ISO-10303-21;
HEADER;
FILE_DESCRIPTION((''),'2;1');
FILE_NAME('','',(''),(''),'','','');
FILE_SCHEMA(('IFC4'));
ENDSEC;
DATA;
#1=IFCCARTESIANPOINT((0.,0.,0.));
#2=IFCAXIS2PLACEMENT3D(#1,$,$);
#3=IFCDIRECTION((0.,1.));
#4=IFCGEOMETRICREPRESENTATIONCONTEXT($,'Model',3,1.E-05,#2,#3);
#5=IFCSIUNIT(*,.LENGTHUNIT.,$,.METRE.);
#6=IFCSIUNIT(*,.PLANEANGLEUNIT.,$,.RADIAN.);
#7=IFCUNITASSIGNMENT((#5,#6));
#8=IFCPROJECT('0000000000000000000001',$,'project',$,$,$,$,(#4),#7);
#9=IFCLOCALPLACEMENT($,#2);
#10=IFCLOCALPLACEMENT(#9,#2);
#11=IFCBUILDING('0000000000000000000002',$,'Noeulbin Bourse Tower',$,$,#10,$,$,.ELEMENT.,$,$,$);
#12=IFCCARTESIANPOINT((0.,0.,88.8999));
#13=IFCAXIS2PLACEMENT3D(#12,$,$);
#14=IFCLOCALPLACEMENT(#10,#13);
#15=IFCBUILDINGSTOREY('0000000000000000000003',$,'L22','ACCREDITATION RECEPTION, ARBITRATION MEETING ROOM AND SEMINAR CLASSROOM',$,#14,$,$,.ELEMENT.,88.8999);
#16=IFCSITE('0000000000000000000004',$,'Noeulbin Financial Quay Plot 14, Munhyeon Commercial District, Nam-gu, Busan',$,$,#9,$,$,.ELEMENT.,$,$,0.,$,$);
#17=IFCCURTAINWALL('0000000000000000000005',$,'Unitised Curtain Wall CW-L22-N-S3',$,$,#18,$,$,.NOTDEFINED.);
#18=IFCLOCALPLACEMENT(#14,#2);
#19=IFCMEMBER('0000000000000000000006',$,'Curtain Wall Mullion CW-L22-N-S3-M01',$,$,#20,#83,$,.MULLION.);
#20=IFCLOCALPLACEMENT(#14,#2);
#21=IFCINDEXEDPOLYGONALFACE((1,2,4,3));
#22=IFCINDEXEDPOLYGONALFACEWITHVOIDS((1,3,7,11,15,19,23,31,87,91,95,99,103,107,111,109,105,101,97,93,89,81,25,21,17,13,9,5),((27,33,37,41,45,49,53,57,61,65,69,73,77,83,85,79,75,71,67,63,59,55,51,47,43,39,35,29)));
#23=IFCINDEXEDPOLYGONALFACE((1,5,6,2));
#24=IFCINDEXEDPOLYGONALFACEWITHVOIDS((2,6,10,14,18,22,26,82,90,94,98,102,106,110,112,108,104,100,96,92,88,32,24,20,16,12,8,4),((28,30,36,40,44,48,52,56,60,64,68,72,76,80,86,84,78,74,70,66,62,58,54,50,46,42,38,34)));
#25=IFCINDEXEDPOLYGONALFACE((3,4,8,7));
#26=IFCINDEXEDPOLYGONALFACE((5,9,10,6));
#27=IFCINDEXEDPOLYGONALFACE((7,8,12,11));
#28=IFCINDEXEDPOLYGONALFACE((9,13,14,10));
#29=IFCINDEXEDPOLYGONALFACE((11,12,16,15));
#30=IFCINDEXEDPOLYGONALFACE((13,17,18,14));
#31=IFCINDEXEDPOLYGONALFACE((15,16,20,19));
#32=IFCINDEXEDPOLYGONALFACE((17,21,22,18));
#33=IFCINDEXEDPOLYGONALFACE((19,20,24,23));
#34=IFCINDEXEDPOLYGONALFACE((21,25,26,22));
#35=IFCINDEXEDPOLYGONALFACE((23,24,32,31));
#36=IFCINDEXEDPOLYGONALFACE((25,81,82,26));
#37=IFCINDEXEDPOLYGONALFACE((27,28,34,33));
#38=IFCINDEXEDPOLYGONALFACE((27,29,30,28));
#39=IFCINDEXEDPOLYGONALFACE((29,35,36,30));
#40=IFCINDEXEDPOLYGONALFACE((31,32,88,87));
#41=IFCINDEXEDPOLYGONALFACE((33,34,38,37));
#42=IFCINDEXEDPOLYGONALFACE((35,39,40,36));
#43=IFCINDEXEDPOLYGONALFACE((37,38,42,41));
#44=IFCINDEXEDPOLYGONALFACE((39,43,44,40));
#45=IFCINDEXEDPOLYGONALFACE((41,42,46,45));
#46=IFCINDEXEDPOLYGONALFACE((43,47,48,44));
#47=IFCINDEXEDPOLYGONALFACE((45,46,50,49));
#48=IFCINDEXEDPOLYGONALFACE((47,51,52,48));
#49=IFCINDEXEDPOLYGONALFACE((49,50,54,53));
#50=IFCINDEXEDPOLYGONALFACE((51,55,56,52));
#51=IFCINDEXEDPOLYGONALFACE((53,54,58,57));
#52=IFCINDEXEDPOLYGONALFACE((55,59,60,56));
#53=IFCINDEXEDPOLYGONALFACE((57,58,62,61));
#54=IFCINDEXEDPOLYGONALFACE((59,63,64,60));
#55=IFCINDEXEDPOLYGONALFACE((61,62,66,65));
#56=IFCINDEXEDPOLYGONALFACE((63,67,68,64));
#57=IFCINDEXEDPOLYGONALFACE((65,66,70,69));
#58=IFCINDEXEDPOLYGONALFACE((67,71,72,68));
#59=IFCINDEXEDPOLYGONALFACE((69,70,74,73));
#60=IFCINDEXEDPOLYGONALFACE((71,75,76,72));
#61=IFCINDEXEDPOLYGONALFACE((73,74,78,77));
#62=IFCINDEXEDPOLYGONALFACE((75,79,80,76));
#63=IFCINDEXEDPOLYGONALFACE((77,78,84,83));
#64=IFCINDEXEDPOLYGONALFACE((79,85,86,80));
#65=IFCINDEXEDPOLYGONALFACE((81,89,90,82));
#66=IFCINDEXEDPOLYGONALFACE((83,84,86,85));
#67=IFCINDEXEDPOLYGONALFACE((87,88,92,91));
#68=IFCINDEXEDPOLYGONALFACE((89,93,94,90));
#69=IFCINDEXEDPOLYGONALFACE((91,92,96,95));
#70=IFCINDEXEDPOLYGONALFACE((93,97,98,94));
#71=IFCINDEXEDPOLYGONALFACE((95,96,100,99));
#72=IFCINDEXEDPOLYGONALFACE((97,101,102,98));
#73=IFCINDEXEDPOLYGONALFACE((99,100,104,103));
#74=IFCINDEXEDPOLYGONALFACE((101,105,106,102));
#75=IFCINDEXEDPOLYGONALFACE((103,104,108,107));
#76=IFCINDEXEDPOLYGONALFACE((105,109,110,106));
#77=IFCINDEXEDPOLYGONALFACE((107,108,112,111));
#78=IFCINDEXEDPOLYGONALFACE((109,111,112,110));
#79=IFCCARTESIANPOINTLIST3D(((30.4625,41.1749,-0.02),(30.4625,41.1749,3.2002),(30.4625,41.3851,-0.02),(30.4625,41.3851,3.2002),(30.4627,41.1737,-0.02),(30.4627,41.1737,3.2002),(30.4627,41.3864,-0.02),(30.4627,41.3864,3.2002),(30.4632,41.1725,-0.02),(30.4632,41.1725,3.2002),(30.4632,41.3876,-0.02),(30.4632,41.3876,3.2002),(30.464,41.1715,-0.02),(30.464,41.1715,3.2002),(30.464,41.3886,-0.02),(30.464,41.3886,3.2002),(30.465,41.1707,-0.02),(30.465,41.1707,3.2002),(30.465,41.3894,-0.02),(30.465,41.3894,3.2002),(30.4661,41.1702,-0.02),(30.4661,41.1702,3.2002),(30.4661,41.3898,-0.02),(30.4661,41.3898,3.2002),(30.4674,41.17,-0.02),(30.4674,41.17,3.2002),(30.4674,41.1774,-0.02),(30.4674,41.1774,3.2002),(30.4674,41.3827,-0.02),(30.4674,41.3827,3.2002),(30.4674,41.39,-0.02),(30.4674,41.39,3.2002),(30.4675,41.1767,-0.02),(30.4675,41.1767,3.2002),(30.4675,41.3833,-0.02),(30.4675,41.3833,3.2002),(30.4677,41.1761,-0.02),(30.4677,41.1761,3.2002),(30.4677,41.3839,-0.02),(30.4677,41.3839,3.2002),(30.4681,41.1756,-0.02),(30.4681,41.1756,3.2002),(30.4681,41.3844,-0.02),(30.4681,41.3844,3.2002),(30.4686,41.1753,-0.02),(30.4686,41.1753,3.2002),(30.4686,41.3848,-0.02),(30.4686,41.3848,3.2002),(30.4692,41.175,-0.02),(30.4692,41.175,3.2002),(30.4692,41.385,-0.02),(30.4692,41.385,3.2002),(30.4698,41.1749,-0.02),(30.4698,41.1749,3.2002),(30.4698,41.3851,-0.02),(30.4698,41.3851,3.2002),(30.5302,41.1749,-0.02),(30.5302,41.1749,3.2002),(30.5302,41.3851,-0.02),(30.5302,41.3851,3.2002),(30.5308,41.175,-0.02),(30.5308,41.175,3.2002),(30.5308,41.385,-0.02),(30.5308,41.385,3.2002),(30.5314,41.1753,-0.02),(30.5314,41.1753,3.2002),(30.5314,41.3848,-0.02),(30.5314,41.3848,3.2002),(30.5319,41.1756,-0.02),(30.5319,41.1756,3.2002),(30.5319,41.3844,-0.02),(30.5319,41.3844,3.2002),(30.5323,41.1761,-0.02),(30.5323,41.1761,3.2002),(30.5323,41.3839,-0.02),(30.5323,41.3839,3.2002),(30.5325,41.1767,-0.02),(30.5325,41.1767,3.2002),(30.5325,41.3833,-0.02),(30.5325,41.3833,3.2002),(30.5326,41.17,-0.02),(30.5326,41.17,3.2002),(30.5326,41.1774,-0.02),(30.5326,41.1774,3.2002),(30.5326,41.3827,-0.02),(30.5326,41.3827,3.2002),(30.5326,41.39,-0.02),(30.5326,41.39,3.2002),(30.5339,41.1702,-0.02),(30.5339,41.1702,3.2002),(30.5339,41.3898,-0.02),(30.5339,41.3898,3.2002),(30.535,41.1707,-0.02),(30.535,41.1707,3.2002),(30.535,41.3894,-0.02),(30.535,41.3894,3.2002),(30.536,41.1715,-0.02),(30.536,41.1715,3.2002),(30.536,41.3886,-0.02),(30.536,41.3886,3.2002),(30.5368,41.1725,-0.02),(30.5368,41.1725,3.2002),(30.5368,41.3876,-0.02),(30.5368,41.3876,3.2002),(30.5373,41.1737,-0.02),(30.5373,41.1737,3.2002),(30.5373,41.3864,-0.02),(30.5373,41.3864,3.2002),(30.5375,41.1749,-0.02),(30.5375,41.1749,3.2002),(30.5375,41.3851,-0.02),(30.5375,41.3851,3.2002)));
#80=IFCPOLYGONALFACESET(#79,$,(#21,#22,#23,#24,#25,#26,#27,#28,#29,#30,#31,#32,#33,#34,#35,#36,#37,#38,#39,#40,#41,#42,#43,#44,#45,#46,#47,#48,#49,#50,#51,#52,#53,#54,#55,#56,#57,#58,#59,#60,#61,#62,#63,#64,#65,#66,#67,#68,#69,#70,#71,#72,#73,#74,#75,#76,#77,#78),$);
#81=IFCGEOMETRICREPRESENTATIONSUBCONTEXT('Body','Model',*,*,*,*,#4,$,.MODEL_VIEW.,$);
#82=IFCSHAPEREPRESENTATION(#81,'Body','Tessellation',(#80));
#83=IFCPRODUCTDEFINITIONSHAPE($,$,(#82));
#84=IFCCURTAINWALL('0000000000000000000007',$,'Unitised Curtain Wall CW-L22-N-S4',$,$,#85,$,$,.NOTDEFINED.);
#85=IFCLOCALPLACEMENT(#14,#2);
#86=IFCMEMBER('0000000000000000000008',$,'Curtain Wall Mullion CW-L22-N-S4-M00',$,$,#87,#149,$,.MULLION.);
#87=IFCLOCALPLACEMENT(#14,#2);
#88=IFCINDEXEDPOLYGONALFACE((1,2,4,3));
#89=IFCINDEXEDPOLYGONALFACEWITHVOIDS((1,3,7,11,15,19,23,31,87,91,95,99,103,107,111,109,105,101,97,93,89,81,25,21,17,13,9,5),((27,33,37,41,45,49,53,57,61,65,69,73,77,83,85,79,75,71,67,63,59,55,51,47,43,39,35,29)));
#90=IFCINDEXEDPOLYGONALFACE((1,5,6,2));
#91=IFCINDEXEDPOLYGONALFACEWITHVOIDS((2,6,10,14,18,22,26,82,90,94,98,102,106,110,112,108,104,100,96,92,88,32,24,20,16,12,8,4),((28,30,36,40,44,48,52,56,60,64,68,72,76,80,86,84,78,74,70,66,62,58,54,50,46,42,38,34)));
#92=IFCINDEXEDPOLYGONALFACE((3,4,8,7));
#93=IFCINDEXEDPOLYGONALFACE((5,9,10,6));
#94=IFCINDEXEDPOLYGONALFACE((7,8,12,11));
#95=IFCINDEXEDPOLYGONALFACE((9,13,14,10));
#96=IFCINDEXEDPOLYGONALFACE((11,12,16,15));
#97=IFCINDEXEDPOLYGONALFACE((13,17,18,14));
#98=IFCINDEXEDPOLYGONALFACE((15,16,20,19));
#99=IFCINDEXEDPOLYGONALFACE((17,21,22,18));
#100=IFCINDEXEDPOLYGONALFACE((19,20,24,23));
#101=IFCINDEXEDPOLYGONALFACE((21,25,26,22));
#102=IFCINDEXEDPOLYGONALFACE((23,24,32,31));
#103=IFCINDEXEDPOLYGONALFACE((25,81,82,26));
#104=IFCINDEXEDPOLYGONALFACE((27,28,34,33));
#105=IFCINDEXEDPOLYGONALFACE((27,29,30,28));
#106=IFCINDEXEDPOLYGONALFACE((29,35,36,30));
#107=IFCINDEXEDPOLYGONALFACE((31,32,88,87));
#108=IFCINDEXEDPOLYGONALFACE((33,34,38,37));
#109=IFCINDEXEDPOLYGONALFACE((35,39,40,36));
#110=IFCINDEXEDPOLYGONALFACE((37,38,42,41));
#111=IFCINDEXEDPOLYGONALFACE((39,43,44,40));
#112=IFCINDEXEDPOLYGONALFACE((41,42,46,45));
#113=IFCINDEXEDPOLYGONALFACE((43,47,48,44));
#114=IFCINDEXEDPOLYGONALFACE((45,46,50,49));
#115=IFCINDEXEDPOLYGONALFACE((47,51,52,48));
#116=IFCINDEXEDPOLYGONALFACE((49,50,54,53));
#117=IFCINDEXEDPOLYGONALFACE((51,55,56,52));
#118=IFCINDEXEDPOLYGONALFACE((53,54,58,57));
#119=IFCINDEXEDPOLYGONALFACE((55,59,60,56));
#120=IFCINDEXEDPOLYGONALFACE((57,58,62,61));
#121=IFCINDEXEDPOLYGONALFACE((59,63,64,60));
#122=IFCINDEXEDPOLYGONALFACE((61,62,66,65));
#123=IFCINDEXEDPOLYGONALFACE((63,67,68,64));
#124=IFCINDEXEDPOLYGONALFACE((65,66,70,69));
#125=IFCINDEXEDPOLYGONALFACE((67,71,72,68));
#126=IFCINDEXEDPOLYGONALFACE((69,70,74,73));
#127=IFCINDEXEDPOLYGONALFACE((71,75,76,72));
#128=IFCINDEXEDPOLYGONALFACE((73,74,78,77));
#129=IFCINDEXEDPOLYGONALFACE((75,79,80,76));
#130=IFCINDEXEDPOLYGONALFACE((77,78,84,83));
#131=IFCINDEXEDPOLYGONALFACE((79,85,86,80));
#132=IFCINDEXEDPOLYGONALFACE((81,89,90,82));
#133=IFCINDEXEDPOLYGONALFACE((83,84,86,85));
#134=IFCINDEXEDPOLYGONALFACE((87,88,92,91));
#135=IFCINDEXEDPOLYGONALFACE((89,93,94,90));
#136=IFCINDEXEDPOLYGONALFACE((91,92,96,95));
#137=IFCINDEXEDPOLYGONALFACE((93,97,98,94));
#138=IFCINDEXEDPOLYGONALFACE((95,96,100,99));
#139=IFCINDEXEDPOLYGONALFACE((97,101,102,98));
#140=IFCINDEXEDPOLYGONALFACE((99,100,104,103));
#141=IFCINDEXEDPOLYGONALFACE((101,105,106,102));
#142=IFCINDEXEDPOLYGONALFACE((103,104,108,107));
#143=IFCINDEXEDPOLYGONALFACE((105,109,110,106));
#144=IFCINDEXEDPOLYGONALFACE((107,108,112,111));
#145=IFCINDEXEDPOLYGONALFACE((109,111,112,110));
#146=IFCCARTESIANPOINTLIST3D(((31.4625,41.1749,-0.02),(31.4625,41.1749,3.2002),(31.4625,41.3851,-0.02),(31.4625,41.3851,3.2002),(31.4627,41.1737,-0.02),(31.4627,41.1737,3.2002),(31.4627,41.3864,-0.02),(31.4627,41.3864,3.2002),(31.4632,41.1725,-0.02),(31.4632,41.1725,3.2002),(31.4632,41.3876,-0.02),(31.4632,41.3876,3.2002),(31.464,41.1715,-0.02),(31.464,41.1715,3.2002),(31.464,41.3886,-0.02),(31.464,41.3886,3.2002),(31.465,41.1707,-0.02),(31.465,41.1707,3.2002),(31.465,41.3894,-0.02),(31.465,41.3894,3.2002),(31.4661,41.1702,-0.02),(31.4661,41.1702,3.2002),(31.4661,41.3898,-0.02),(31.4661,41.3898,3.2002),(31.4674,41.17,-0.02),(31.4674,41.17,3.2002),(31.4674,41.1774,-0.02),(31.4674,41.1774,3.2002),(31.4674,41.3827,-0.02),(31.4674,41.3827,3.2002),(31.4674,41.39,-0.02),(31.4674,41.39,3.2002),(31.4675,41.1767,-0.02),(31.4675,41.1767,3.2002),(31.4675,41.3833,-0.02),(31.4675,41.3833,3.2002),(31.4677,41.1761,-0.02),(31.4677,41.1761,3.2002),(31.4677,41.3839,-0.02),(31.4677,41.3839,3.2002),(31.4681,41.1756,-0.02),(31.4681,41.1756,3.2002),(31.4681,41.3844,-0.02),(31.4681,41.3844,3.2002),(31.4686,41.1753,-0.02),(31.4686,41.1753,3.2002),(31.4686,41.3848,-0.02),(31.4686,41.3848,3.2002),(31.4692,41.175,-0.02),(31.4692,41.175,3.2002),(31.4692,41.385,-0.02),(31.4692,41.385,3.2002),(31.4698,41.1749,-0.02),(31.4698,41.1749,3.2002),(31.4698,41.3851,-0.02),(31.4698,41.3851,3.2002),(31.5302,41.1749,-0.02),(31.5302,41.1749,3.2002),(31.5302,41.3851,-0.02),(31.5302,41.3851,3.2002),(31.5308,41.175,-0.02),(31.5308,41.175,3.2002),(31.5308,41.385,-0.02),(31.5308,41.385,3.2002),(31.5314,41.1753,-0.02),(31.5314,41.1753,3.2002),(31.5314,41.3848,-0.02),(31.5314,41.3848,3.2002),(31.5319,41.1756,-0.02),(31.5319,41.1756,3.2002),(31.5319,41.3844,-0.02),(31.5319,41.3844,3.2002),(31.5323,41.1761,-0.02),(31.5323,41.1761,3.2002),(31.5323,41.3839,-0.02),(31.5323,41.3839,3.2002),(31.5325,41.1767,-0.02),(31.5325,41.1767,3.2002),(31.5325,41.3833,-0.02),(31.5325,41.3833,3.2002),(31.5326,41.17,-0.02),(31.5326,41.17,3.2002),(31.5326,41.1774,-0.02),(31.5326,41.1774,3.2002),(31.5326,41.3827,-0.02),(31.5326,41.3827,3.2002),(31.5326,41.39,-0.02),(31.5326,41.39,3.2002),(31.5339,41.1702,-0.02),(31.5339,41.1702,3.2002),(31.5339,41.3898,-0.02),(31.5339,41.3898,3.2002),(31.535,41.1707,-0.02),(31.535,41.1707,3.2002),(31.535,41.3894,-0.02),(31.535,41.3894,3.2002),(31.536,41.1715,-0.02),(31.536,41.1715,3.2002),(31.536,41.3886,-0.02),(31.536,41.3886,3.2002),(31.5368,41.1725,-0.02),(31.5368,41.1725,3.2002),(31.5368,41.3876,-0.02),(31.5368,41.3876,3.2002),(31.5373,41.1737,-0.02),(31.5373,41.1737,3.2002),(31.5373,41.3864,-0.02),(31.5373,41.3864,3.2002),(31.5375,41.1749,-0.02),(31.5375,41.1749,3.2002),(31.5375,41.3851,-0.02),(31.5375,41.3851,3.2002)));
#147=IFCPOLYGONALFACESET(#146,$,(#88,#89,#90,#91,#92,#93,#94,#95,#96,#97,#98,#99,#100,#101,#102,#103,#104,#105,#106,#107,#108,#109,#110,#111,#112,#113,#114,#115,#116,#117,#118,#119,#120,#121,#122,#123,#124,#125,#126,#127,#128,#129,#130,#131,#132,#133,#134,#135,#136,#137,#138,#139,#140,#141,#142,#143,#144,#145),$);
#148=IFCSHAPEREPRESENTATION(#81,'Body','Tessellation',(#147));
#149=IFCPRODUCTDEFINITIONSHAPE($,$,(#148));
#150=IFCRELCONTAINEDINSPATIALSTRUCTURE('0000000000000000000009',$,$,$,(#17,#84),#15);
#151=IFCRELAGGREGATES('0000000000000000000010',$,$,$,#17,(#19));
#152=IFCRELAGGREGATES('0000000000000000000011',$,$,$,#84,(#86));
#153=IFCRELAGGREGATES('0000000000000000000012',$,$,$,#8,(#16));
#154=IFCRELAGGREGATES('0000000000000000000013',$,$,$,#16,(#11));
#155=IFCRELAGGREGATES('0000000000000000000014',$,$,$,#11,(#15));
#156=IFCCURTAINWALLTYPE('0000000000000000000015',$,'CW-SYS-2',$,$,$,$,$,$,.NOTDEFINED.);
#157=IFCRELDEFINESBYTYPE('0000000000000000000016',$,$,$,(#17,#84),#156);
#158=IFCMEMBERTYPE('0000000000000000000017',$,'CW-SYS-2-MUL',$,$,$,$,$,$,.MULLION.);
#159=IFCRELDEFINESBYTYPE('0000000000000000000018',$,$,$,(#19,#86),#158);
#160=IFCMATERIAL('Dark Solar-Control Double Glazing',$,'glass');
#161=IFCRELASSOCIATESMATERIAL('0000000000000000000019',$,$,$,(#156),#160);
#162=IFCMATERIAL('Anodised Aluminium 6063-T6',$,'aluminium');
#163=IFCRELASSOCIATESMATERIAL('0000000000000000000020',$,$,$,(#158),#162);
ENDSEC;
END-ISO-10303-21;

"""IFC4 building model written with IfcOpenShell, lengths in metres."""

from ifc_helpers import new_model, si_unit, direction, frame, origin, origin_2d, place, context, subcontext, project, spatial, hollow_rectangle, extrude, material, material_profile, profile_set, type_object, element, aggregate, save


model = new_model("IFC4")

# Units and contexts
model_context = context("Model", 3, precision=1e-05, world=origin(), true_north=direction((0.0, 1.0)))
body_context = subcontext(model_context, "Body", "Model", "MODEL_VIEW")
ifc_project = project(units=[si_unit("LENGTHUNIT", "METRE"), si_unit("PLANEANGLEUNIT", "RADIAN")], contexts=[model_context])

# Site, building, storey
site_placement = place(None, origin())
site = spatial("IfcSite", under=ifc_project, at=site_placement, Name="Noeulbin Financial Quay Plot 14, Munhyeon Commercial District, Nam-gu, Busan", CompositionType="ELEMENT", RefElevation=0.0)
building_placement = place(site_placement, origin())
building = spatial("IfcBuilding", under=site, at=building_placement, Name="Noeulbin Bourse Tower", CompositionType="ELEMENT")
storey_placement = place(building_placement, frame((0.0, 0.0, 88.8999)))
storey = spatial("IfcBuildingStorey", under=building, at=storey_placement, Name="L22", Description="ACCREDITATION RECEPTION, ARBITRATION MEETING ROOM AND SEMINAR CLASSROOM", CompositionType="ELEMENT", Elevation=88.8999)

# Curtain wall, member
ifc_material_1 = material(Name="Dark Solar-Control Double Glazing", Category="glass")
curtain_wall_type = type_object("IfcCurtainWallType", Name="CW-SYS-2", PredefinedType="NOTDEFINED", material=ifc_material_1)
curtain_wall_1_placement = place(storey_placement, origin())
curtain_wall_1 = element("IfcCurtainWall", 1, at=curtain_wall_1_placement, inside=storey, type_object=curtain_wall_type, Name="Unitised Curtain Wall CW-L22-N-S3", PredefinedType="NOTDEFINED")
ifc_material_2 = material(Name="Anodised Aluminium 6063-T6", Category="aluminium")
ifc_material_profile_1 = material_profile(ifc_material_2, hollow_rectangle(XDim=0.075, YDim=0.22, WallThickness=0.0049, InnerFilletRadius=0.0024, OuterFilletRadius=0.0049, at=origin_2d()), Name="ALU-MULL-75x220x5", Category="LoadBearing")
ifc_profile_set_1 = profile_set([ifc_material_profile_1], Name="Anodised Aluminium 6063-T6")
member_type_1 = type_object("IfcMemberType", Name="CW-SYS-2-MUL", PredefinedType="MULLION", material=ifc_profile_set_1)
member_1_placement = place(storey_placement, frame((30.5, 41.28, -0.02), z_axis=(0.0, 0.0, 1.0), x_axis=(1.0, 0.0, 0.0)))
member_1 = element("IfcMember", 2, at=member_1_placement, type_object=member_type_1, Name="Curtain Wall Mullion CW-L22-N-S3-M01", PredefinedType="MULLION", context=body_context, shape_type="SweptSolid", body=[
    extrude(hollow_rectangle(XDim=0.075, YDim=0.22, WallThickness=0.0049, InnerFilletRadius=0.0024, OuterFilletRadius=0.0049, at=origin_2d()), origin(), (0.0, 0.0, 1.0), 3.2202),
])
aggregate(curtain_wall_1, [member_1])

# Curtain wall, member
curtain_wall_2_placement = place(storey_placement, origin())
curtain_wall_2 = element("IfcCurtainWall", 3, at=curtain_wall_2_placement, inside=storey, type_object=curtain_wall_type, Name="Unitised Curtain Wall CW-L22-N-S4", PredefinedType="NOTDEFINED")
member_2_placement = place(storey_placement, frame((31.5, 41.28, -0.02), z_axis=(0.0, 0.0, 1.0), x_axis=(1.0, 0.0, 0.0)))
member_2 = element("IfcMember", 4, at=member_2_placement, type_object=member_type_1, Name="Curtain Wall Mullion CW-L22-N-S4-M00", PredefinedType="MULLION", context=body_context, shape_type="SweptSolid", body=[
    extrude(hollow_rectangle(XDim=0.075, YDim=0.22, WallThickness=0.0049, InnerFilletRadius=0.0024, OuterFilletRadius=0.0049, at=origin_2d()), origin(), (0.0, 0.0, 1.0), 3.2202),
])

aggregate(curtain_wall_2, [member_2])

save(model, "model.ifc")
